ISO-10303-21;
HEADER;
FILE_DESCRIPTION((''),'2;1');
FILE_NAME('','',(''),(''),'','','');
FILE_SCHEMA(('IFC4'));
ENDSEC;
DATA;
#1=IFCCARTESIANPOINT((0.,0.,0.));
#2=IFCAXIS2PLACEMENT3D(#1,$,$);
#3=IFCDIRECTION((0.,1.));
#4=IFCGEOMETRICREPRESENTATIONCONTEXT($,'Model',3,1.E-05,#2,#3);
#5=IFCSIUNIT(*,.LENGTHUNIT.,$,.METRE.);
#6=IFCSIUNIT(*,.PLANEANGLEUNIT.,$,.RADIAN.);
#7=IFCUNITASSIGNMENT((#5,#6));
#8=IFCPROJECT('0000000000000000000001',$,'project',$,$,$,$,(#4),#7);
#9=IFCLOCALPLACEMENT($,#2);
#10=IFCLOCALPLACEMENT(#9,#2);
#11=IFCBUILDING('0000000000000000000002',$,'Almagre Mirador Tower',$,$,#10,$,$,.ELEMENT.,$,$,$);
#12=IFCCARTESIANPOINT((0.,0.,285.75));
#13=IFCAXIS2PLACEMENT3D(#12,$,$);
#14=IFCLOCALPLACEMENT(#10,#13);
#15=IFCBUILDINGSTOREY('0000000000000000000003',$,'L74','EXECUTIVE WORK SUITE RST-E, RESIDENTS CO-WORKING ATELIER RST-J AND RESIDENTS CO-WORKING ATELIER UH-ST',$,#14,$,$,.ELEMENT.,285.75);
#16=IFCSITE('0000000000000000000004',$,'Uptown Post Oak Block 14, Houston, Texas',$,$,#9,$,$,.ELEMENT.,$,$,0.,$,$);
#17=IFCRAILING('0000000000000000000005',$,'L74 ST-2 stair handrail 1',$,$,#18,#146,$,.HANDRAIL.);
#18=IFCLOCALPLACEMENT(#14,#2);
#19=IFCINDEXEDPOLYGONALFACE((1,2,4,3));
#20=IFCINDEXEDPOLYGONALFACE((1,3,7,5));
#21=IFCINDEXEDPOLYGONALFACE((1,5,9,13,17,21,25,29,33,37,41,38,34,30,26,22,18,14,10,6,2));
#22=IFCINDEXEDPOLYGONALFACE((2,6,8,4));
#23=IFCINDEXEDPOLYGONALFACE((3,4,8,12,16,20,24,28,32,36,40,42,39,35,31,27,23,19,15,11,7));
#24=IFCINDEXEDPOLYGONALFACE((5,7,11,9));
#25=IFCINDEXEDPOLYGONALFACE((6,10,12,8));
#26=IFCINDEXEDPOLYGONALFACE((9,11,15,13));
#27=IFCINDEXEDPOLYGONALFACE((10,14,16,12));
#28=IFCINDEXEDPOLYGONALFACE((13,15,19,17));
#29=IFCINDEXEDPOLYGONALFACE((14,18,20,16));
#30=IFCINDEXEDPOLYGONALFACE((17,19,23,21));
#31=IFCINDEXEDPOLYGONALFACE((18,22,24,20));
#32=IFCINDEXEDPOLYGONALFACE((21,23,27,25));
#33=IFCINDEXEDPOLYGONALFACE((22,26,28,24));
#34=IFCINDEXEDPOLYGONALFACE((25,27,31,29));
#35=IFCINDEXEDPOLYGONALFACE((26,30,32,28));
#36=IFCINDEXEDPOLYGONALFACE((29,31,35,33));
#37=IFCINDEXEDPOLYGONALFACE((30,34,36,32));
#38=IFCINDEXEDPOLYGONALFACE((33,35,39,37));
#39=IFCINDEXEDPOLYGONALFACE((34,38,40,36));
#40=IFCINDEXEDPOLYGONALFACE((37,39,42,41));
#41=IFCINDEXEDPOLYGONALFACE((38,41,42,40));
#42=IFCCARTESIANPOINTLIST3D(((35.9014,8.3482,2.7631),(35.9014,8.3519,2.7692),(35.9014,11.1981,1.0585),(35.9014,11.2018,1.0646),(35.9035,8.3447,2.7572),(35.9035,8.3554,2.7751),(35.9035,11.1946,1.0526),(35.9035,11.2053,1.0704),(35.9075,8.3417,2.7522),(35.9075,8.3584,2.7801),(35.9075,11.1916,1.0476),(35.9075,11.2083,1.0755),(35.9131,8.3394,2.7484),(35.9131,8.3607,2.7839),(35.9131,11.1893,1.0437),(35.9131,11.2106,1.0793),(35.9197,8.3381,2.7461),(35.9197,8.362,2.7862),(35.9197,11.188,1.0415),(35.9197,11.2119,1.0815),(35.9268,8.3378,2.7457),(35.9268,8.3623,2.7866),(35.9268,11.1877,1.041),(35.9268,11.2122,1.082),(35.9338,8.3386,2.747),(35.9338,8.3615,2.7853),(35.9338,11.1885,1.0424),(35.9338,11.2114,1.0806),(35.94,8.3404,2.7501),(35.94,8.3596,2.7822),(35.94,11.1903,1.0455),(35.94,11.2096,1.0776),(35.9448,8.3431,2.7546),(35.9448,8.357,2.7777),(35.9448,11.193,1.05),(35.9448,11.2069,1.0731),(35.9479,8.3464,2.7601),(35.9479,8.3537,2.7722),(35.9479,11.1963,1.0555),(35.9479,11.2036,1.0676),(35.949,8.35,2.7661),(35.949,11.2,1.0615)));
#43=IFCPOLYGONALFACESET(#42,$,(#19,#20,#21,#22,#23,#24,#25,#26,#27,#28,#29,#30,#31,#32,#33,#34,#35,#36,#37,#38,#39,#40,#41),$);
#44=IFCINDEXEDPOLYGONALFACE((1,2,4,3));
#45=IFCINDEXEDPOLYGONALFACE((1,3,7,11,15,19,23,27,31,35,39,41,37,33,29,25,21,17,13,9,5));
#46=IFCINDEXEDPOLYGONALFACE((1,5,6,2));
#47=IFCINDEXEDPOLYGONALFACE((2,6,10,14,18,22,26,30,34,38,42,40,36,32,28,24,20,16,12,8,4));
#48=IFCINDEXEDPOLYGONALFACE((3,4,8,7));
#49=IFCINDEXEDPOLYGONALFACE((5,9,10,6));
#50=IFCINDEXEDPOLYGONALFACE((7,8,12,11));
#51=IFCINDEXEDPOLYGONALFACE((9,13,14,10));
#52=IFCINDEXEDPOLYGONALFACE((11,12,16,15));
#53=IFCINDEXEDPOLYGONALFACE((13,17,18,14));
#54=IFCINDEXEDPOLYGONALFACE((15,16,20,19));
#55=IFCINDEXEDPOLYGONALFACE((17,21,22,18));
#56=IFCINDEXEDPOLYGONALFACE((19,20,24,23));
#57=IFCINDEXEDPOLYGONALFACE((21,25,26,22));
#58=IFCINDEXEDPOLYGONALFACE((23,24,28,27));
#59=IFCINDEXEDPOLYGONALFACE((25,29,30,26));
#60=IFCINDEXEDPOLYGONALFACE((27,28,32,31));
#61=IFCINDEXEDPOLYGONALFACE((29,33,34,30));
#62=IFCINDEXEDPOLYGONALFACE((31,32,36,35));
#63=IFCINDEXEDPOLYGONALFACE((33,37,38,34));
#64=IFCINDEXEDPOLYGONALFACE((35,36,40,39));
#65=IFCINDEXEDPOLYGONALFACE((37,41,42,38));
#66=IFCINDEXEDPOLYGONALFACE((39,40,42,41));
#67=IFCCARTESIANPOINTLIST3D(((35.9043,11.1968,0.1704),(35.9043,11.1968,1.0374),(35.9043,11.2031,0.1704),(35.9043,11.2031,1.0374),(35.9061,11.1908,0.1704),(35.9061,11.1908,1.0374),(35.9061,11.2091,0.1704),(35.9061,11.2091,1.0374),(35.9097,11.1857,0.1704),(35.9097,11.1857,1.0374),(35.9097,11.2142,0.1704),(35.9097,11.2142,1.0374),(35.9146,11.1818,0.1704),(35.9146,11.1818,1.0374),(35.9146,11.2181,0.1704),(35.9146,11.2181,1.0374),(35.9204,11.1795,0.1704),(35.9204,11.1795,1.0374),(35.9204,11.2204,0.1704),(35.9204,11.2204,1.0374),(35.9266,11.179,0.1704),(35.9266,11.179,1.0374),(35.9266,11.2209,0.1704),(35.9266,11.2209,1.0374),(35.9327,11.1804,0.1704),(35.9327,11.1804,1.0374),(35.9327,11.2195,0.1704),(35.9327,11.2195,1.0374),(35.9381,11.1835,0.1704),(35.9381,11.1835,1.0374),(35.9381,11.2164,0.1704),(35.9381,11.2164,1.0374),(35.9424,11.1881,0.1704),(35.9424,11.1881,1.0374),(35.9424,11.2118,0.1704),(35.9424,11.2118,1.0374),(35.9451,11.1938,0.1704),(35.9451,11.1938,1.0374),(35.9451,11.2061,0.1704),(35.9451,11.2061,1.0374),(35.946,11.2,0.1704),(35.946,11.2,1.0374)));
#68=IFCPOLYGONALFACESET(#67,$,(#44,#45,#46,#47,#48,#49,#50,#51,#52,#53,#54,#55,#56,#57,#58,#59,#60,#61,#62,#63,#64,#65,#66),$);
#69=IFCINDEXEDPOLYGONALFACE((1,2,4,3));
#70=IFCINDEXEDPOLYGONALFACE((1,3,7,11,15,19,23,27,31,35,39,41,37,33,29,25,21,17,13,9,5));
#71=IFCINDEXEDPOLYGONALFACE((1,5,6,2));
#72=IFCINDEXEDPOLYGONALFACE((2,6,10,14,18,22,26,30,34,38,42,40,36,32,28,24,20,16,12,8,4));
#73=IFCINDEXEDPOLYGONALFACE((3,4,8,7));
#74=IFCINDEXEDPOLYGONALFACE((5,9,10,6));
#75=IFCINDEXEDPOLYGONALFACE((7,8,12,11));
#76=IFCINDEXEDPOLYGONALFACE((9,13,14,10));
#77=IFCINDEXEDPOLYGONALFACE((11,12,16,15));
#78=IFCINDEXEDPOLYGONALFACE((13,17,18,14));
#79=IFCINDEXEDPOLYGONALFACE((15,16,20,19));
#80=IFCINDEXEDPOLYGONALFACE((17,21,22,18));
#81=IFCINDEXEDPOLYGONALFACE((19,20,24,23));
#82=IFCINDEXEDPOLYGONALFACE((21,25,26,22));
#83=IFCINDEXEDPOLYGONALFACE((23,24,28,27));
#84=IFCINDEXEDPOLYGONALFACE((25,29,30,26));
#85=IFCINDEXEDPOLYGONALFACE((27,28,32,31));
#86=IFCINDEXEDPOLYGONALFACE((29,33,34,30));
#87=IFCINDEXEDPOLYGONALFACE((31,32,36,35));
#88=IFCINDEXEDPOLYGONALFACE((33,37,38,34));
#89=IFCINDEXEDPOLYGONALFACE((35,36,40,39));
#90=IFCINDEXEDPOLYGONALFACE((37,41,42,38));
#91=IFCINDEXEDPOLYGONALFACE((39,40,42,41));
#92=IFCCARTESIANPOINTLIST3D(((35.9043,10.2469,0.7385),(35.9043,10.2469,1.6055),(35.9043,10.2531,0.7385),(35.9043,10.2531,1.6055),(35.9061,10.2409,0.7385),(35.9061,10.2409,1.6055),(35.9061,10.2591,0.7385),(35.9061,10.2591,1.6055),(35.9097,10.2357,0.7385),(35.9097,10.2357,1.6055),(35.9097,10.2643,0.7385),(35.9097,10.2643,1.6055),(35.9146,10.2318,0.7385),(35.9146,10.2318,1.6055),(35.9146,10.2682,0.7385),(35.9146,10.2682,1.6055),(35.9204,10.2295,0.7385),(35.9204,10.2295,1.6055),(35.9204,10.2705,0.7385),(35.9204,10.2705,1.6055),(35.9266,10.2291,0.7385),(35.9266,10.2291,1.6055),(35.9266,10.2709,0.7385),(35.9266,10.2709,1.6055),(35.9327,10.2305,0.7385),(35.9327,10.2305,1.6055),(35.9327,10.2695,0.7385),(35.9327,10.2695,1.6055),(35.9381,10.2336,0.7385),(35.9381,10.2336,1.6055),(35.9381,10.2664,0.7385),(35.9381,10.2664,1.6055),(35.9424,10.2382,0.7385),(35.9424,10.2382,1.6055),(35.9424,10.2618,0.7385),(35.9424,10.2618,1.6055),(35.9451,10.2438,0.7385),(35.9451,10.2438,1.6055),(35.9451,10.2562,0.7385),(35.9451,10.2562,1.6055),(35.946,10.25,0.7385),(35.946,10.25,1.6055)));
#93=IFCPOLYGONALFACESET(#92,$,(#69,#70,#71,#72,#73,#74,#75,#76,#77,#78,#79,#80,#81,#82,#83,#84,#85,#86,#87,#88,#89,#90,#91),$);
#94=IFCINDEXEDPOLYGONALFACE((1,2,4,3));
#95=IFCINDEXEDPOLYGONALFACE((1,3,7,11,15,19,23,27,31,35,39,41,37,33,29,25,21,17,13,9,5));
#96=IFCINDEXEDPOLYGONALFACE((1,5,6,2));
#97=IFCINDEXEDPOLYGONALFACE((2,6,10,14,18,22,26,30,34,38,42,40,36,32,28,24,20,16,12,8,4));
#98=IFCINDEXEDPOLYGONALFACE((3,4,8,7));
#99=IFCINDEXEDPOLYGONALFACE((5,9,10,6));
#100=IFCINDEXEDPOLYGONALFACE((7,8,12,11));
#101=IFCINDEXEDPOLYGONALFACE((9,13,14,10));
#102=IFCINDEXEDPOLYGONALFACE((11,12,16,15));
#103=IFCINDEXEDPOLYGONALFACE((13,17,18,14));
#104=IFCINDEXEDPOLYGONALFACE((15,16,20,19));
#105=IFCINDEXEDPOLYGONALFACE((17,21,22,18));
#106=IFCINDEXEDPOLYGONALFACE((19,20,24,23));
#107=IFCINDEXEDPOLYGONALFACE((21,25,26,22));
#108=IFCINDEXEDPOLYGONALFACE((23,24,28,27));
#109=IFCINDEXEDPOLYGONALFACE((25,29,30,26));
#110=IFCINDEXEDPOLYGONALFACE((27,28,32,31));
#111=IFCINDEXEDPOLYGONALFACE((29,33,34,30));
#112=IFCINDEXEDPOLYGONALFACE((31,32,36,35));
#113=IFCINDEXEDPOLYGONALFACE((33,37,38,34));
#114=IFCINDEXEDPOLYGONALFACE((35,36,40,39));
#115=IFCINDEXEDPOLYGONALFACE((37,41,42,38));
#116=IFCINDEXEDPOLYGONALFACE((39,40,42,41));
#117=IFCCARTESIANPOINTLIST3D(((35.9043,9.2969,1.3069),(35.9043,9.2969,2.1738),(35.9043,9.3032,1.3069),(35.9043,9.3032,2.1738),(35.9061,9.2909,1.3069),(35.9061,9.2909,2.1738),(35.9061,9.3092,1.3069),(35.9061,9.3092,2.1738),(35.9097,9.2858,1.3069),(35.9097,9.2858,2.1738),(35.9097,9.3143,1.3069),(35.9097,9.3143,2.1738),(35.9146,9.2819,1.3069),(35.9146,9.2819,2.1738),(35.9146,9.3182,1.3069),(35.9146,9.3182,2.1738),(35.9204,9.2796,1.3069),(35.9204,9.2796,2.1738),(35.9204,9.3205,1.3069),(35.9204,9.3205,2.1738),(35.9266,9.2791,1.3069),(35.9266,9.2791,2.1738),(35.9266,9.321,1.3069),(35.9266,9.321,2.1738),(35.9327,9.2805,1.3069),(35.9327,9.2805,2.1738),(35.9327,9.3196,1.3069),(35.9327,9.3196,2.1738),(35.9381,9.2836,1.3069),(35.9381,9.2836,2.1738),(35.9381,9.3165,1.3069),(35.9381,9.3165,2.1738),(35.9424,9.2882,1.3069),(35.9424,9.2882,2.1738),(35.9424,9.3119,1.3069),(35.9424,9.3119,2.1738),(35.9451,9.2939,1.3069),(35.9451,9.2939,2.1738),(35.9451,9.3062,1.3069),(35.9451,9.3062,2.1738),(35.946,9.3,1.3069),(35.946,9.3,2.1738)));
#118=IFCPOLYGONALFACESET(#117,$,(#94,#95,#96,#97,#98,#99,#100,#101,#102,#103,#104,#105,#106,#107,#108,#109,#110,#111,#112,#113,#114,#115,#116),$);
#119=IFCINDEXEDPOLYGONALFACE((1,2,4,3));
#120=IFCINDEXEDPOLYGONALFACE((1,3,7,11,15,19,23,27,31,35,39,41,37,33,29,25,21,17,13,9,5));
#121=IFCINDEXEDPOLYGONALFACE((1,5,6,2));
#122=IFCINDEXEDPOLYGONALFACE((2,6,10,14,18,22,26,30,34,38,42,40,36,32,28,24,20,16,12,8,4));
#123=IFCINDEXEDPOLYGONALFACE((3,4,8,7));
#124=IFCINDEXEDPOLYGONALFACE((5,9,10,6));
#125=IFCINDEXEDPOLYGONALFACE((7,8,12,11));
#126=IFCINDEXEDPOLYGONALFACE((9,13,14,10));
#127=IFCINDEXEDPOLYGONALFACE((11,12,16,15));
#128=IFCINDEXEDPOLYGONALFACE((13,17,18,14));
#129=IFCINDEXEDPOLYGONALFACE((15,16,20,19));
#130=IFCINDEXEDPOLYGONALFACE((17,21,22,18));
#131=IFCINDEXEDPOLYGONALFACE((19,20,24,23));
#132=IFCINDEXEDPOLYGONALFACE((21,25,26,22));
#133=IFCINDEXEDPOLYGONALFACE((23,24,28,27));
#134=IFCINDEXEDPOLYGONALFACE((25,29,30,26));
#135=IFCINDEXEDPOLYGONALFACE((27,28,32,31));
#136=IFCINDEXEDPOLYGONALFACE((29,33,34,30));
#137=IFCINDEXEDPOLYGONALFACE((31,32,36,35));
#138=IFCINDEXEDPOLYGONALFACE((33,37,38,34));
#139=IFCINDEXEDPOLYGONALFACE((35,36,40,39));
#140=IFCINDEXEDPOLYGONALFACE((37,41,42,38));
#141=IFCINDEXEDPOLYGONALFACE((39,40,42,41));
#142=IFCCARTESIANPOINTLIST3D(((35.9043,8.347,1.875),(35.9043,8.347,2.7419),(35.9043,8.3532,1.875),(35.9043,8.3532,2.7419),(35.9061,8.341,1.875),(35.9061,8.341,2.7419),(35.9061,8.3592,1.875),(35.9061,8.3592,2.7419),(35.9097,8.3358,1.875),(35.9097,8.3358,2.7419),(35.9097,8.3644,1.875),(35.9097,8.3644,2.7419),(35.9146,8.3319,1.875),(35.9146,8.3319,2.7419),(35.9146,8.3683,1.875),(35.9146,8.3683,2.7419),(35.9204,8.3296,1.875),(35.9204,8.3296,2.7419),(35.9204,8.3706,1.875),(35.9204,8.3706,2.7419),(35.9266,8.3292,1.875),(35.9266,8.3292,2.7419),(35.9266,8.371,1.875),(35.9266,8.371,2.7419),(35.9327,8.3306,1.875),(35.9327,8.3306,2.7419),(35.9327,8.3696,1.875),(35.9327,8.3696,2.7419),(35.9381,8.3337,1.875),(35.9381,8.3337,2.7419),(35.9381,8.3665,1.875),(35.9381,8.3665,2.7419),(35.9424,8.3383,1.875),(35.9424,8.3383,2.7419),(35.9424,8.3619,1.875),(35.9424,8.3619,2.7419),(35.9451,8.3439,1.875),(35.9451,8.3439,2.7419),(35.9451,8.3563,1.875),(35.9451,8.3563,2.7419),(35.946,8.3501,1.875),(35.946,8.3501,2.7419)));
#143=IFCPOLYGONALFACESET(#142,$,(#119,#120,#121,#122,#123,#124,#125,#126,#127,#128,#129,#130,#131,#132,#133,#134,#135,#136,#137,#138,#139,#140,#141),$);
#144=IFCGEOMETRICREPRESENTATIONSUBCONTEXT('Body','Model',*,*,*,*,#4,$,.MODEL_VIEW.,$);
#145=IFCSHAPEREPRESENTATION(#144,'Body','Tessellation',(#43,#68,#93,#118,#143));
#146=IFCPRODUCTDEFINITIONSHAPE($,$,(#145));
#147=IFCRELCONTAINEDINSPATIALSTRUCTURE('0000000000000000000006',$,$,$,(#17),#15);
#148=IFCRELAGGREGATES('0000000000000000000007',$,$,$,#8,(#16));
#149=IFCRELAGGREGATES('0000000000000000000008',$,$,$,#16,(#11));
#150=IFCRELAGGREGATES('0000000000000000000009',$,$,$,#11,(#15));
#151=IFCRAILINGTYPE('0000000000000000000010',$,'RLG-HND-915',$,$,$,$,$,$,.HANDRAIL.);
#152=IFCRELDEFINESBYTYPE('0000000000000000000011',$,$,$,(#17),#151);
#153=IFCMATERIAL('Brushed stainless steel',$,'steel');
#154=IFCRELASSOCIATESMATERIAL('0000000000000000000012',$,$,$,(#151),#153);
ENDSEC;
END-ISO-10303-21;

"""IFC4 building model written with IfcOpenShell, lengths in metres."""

from ifc_helpers import new_model, si_unit, direction, frame, origin, origin_2d, place, context, subcontext, project, spatial, circle, extrude, material, type_object, element, save


model = new_model("IFC4")

# Units and contexts
model_context = context("Model", 3, precision=1e-05, world=origin(), true_north=direction((0.0, 1.0)))
body_context = subcontext(model_context, "Body", "Model", "MODEL_VIEW")
ifc_project = project(units=[si_unit("LENGTHUNIT", "METRE"), si_unit("PLANEANGLEUNIT", "RADIAN")], contexts=[model_context])

# Site, building, storey
site_placement = place(None, origin())
site = spatial("IfcSite", under=ifc_project, at=site_placement, Name="Uptown Post Oak Block 14, Houston, Texas", CompositionType="ELEMENT", RefElevation=0.0)
building_placement = place(site_placement, origin())
building = spatial("IfcBuilding", under=site, at=building_placement, Name="Almagre Mirador Tower", CompositionType="ELEMENT")
storey_placement = place(building_placement, frame((0.0, 0.0, 285.75)))
storey = spatial("IfcBuildingStorey", under=building, at=storey_placement, Name="L74", Description="EXECUTIVE WORK SUITE RST-E, RESIDENTS CO-WORKING ATELIER RST-J AND RESIDENTS CO-WORKING ATELIER UH-ST", CompositionType="ELEMENT", Elevation=285.75)

# Railing
ifc_material_1 = material(Name="Brushed stainless steel", Category="steel")
railing_type_1 = type_object("IfcRailingType", Name="RLG-HND-915", PredefinedType="HANDRAIL", material=ifc_material_1)
railing_1_placement = place(storey_placement, frame((35.925, 11.2, 0.1704)))
element("IfcRailing", 1, at=railing_1_placement, inside=storey, type_object=railing_type_1, Name="L74 ST-2 stair handrail 1", PredefinedType="HANDRAIL", context=body_context, shape_type="SweptSolid", body=[
    extrude(circle(Radius=0.0239, at=origin_2d()), frame((0.0, 0.0, 0.8911), z_axis=(0.0, -0.858199, 0.513317), x_axis=(1.0, 0.0, 0.0)), (0.0, 0.0, 1.0), 3.3208),
    extrude(circle(Radius=0.021, at=origin_2d()), origin(), (0.0, 0.0, 1.0), 0.8669),
    extrude(circle(Radius=0.021, at=origin_2d()), frame((0.0, -0.95, 0.5681)), (0.0, 0.0, 1.0), 0.8669),
    extrude(circle(Radius=0.021, at=origin_2d()), frame((0.0, -1.8999, 1.1365)), (0.0, 0.0, 1.0), 0.8669),
    extrude(circle(Radius=0.021, at=origin_2d()), frame((0.0, -2.8499, 1.7046)), (0.0, 0.0, 1.0), 0.8669),
])

save(model, "model.ifc")
